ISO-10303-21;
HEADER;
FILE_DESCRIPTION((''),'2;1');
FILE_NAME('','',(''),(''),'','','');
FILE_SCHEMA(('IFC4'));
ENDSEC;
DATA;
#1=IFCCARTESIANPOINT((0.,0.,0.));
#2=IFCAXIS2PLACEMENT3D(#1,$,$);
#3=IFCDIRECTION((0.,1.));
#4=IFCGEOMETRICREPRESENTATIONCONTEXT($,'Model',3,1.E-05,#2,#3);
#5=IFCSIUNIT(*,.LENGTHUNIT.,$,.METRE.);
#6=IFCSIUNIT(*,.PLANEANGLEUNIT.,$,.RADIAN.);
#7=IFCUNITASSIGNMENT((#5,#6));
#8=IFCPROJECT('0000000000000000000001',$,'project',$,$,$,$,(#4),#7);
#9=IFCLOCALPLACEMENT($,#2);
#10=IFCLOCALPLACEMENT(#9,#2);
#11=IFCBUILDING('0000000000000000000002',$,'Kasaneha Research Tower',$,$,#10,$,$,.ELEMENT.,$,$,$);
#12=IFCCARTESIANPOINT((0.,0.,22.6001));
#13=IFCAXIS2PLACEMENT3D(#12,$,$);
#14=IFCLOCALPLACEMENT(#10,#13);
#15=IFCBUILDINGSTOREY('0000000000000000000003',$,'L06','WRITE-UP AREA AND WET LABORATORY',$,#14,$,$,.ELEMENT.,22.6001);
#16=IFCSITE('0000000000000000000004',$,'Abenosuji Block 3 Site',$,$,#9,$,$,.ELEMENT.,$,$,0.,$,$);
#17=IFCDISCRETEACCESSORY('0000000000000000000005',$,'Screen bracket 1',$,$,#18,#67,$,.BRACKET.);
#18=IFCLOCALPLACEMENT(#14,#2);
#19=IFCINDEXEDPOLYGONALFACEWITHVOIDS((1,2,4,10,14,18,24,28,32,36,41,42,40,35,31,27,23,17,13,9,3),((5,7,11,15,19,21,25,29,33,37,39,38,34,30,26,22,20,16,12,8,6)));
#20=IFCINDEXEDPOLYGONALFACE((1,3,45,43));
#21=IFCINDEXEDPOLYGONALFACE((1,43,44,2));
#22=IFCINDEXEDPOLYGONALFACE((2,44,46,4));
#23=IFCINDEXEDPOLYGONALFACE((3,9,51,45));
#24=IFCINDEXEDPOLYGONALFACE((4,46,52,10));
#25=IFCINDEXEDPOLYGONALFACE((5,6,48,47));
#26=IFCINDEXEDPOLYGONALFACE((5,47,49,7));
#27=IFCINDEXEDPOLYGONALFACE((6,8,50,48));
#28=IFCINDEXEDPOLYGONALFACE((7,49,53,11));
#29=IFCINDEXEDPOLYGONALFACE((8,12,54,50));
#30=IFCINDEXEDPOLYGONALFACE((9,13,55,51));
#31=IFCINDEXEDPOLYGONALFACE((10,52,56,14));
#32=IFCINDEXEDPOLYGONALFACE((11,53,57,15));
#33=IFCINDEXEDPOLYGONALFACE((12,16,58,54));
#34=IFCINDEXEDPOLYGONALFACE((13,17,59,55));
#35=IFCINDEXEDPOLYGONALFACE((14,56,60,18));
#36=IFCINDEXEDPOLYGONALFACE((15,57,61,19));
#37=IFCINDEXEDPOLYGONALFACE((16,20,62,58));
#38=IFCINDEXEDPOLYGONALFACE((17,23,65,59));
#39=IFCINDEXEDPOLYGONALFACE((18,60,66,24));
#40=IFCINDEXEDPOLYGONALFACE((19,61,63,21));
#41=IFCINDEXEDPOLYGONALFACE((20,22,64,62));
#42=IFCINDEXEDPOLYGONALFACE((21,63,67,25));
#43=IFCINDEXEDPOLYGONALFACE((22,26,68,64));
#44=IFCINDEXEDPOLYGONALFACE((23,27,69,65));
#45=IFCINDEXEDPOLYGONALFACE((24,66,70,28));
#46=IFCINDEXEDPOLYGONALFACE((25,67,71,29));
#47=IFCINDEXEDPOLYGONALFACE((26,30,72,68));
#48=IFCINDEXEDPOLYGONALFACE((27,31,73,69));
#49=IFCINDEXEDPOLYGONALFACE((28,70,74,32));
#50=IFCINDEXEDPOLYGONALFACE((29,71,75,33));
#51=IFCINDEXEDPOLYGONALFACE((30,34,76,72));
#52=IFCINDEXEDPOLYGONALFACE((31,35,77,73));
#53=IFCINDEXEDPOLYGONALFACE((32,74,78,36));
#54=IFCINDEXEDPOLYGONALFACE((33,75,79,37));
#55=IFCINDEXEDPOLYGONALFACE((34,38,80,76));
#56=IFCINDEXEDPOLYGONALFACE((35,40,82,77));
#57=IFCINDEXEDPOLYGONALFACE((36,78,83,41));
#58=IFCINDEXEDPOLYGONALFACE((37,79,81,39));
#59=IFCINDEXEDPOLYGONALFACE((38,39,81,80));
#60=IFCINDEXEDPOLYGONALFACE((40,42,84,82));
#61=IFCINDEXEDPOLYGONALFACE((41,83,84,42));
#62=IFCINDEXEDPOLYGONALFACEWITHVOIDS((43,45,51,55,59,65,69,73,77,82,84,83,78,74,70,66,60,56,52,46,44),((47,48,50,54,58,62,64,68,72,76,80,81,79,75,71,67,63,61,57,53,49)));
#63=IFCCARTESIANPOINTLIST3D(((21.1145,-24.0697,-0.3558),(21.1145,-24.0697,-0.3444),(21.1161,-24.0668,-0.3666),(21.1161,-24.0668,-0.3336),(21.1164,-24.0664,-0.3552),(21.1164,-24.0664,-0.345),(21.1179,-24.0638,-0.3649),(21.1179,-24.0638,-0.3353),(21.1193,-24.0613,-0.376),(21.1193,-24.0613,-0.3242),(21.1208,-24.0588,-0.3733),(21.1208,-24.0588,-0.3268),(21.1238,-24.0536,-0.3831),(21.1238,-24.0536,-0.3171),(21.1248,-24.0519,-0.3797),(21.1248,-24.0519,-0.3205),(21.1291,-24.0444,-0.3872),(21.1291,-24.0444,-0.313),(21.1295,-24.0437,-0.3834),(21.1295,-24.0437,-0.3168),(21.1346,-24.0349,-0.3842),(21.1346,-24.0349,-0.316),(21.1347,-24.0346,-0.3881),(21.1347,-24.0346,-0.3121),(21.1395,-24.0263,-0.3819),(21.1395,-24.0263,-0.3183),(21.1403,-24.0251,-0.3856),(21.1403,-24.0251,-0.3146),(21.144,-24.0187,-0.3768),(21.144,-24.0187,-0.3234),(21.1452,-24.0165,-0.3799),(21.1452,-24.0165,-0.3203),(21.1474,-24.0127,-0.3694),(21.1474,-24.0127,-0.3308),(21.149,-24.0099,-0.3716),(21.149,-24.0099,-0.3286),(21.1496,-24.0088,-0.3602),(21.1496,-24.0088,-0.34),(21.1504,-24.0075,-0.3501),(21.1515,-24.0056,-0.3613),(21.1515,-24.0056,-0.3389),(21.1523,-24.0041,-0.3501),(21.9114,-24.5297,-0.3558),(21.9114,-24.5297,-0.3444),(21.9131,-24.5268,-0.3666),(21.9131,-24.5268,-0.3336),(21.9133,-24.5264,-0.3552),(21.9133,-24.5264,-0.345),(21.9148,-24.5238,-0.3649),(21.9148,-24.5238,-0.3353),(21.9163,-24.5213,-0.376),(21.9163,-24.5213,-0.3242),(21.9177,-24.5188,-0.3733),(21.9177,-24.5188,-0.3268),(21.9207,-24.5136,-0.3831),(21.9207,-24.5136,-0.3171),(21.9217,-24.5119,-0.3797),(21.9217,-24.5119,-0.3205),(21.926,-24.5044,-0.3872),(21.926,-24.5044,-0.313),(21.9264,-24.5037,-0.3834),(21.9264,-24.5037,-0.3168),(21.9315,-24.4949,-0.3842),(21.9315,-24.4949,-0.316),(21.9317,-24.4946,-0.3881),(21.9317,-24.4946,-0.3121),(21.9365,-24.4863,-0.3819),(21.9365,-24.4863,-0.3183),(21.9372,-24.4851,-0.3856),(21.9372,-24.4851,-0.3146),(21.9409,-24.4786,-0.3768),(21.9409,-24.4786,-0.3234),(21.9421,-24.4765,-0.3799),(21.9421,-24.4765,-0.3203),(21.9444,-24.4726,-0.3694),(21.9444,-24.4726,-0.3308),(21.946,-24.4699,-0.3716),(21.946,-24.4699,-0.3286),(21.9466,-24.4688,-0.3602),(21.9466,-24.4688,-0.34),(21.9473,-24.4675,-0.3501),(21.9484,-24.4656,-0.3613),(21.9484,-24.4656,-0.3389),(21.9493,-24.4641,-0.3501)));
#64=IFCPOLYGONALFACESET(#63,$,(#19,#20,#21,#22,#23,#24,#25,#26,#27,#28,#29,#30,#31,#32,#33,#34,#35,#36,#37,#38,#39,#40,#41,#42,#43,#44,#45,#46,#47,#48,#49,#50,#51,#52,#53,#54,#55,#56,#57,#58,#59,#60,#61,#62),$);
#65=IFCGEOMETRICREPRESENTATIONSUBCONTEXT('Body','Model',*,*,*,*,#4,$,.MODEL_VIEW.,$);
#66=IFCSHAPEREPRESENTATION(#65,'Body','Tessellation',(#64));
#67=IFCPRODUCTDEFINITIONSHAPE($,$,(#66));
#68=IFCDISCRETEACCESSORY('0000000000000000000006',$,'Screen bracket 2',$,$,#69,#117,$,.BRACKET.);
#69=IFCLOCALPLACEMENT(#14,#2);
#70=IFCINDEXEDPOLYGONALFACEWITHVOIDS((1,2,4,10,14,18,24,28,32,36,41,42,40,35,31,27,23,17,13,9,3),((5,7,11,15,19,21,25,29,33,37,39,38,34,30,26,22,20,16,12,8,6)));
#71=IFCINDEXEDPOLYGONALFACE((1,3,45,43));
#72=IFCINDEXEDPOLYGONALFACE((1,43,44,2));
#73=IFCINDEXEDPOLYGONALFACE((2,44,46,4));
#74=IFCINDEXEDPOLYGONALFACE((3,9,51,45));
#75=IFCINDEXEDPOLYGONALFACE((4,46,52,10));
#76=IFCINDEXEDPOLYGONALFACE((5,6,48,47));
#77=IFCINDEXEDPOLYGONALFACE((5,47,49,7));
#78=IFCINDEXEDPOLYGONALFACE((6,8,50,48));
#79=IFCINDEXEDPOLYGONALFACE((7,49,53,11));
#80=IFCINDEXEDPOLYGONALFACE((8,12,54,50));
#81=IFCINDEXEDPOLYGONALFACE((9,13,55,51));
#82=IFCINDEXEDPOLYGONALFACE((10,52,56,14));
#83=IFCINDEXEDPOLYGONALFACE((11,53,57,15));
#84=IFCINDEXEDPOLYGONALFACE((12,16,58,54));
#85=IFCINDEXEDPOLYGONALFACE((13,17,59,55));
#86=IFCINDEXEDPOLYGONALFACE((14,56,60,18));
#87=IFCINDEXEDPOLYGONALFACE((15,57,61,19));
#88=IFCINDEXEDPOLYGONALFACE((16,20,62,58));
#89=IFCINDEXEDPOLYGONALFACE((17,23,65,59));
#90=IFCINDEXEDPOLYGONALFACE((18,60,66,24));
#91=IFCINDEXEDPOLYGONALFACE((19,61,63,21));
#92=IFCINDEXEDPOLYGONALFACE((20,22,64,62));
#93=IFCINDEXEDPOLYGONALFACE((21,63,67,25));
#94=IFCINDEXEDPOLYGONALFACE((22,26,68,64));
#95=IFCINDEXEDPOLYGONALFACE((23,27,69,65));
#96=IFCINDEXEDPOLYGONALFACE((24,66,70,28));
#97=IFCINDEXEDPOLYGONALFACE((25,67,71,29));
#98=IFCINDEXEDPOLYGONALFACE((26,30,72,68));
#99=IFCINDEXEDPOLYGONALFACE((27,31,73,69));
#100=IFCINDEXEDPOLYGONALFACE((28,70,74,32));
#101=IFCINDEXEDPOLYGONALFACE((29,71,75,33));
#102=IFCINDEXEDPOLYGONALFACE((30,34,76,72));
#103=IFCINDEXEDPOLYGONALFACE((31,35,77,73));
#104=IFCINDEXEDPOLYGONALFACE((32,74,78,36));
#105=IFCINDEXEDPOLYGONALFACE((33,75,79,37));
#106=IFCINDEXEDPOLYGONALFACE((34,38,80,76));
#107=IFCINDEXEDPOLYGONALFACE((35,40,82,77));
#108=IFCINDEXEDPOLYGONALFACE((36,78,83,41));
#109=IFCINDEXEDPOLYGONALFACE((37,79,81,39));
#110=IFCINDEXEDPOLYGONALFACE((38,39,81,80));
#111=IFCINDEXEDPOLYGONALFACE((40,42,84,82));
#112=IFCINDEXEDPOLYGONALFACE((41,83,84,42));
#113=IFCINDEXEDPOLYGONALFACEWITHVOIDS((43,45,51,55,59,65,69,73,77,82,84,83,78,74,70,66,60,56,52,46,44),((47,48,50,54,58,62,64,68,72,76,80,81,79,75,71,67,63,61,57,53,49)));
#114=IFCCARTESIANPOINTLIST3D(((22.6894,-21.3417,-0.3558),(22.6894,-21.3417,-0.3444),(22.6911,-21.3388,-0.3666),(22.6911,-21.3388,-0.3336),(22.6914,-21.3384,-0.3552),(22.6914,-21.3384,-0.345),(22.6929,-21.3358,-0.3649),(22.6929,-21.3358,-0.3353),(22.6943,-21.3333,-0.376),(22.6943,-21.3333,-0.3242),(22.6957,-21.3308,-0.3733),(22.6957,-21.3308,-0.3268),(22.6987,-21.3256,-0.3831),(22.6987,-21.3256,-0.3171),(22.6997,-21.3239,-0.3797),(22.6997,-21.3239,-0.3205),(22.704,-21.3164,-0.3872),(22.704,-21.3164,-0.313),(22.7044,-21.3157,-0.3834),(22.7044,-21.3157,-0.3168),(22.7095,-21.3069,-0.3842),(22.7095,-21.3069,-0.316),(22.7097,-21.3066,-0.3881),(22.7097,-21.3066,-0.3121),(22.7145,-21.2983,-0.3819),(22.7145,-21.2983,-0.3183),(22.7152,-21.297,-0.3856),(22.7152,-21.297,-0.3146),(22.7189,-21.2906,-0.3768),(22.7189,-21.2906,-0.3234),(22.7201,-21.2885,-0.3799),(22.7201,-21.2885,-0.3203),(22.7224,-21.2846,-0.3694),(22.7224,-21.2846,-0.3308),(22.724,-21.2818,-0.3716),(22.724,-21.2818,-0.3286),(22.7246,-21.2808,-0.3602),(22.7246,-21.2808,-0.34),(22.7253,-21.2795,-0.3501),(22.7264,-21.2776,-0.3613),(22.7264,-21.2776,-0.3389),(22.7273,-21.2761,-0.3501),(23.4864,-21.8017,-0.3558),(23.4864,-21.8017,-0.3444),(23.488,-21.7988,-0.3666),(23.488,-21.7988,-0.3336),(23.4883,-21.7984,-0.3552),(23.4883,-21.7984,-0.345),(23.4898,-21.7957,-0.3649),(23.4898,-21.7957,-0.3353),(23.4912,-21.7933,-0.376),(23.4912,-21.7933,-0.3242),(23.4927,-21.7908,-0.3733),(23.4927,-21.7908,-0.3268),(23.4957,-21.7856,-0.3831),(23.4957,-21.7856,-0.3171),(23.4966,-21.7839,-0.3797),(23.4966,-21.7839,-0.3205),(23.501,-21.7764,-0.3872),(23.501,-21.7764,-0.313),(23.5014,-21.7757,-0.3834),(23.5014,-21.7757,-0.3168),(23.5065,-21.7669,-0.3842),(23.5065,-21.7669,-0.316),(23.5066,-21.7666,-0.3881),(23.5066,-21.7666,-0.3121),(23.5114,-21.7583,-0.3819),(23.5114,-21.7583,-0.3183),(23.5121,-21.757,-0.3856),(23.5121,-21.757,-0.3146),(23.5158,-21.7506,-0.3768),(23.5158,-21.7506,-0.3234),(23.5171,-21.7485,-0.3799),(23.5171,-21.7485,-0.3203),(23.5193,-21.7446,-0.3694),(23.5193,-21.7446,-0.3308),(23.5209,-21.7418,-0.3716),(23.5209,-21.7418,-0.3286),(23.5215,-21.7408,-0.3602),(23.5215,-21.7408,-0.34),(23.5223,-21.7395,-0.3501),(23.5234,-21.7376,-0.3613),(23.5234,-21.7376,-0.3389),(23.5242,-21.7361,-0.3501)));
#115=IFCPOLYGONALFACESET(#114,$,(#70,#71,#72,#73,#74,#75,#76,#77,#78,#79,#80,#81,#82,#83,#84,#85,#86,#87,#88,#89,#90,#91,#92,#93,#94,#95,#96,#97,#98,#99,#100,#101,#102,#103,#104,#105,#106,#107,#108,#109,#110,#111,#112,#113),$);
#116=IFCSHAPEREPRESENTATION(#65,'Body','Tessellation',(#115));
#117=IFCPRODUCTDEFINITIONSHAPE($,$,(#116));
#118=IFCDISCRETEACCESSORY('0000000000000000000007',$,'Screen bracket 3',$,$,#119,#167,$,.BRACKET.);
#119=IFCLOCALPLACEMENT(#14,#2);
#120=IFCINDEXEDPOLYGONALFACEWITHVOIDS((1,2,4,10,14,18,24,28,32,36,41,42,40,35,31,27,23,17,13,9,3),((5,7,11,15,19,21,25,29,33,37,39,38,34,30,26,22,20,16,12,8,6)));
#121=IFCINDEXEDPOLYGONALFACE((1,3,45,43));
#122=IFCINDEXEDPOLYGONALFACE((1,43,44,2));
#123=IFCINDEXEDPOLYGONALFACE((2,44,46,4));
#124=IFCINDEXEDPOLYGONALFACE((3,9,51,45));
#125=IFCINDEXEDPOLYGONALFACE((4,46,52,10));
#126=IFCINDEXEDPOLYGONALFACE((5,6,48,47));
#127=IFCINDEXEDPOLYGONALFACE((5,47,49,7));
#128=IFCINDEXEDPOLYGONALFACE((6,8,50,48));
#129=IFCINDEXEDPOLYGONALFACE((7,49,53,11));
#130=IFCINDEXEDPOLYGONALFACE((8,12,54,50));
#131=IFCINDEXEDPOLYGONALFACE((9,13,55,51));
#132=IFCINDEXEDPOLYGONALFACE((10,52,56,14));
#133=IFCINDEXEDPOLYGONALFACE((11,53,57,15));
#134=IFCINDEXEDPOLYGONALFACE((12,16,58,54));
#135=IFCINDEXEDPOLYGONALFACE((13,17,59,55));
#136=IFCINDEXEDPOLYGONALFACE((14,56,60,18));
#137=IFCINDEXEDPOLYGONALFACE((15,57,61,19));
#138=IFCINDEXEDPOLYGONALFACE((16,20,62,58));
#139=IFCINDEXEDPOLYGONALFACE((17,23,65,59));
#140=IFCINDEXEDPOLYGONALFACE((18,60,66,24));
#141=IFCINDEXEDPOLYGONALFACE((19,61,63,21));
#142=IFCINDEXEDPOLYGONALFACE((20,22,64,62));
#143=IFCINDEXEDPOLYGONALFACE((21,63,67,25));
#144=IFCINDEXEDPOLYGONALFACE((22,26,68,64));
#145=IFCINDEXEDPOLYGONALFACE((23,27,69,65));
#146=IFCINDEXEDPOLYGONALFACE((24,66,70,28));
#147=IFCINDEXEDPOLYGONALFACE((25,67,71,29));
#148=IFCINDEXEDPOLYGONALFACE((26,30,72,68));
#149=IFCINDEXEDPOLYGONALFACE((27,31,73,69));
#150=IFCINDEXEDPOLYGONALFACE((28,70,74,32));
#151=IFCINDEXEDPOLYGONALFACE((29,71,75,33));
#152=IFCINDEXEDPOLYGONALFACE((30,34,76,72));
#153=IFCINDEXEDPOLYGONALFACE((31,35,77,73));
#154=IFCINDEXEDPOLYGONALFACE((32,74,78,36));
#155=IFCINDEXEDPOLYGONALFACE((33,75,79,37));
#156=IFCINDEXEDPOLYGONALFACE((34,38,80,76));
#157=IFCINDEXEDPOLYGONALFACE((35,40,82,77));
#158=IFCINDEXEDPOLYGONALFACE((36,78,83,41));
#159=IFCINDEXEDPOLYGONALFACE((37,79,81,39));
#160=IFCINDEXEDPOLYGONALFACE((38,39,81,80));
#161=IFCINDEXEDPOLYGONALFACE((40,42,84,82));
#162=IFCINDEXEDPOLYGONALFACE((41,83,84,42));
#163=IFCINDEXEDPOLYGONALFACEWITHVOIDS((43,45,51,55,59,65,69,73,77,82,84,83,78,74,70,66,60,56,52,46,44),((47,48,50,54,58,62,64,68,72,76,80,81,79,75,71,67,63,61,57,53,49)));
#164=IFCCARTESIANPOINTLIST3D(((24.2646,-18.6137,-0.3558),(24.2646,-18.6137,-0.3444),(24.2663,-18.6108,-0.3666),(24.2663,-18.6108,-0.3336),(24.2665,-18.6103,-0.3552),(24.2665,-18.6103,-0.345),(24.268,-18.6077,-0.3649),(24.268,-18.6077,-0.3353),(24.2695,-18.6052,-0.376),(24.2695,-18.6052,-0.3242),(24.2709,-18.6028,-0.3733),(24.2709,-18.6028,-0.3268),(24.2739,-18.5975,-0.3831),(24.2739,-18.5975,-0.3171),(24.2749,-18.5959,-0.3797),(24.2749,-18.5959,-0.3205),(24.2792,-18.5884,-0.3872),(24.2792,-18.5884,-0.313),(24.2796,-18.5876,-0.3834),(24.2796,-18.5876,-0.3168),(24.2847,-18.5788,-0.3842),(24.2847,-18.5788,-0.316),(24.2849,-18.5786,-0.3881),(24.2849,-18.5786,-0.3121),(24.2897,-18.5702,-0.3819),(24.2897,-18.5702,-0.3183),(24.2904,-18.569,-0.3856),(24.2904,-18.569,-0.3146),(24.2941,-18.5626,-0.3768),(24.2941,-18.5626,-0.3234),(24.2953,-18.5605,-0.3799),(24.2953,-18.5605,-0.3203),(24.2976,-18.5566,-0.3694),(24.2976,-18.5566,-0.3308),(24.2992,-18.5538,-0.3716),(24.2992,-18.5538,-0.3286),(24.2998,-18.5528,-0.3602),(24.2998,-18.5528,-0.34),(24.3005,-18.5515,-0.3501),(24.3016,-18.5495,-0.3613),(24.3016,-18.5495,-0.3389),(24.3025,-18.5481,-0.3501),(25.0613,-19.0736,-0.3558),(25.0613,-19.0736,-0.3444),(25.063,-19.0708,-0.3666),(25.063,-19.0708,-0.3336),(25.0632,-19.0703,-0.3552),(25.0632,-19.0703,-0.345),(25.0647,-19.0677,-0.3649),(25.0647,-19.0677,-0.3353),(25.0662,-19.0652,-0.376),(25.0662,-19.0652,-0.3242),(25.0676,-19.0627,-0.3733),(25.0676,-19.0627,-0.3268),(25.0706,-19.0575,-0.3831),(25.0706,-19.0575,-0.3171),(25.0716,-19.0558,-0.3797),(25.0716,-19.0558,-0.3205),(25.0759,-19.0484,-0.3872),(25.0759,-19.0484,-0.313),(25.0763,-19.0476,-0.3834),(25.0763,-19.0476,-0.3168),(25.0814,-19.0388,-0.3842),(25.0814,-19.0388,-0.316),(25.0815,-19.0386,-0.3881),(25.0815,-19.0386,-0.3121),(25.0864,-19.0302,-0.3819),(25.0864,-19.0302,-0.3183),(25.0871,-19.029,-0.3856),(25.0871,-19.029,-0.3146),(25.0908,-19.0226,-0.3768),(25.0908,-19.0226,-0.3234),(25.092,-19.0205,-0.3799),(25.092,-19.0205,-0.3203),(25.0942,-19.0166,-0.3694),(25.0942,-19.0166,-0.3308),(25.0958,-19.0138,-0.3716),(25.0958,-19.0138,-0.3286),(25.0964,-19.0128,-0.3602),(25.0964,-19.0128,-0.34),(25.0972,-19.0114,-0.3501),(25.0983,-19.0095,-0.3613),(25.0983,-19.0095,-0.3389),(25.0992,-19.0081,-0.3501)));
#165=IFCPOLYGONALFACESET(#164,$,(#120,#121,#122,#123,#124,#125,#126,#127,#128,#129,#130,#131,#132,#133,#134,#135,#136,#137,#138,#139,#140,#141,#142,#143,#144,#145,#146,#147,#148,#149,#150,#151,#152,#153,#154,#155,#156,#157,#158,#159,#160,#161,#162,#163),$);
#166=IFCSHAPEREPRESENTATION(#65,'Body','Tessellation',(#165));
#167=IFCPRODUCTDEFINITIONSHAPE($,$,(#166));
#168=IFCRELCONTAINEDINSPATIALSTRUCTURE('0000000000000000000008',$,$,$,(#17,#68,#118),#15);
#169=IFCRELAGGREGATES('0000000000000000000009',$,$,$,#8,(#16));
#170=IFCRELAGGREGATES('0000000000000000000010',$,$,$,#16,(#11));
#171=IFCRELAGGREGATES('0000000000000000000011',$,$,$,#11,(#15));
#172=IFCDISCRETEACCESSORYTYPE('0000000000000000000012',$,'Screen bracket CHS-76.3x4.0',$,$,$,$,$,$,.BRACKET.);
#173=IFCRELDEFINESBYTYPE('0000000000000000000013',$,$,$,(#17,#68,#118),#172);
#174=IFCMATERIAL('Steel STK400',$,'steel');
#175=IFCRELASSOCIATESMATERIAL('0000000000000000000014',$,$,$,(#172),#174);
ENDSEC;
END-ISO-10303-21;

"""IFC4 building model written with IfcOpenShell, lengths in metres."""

from ifc_helpers import new_model, si_unit, direction, frame, origin, origin_2d, place, context, subcontext, project, spatial, hollow_circle, extrude, material, material_profile, profile_set, type_object, element, save


model = new_model("IFC4")

# Units and contexts
model_context = context("Model", 3, precision=1e-05, world=origin(), true_north=direction((0.0, 1.0)))
body_context = subcontext(model_context, "Body", "Model", "MODEL_VIEW")
ifc_project = project(units=[si_unit("LENGTHUNIT", "METRE"), si_unit("PLANEANGLEUNIT", "RADIAN")], contexts=[model_context])

# Site, building, storey
site_placement = place(None, origin())
site = spatial("IfcSite", under=ifc_project, at=site_placement, Name="Abenosuji Block 3 Site", CompositionType="ELEMENT", RefElevation=0.0)
building_placement = place(site_placement, origin())
building = spatial("IfcBuilding", under=site, at=building_placement, Name="Kasaneha Research Tower", CompositionType="ELEMENT")
storey_placement = place(building_placement, frame((0.0, 0.0, 22.6001)))
storey = spatial("IfcBuildingStorey", under=building, at=storey_placement, Name="L06", Description="WRITE-UP AREA AND WET LABORATORY", CompositionType="ELEMENT", Elevation=22.6001)

# Discrete accessories
ifc_material_1 = material(Name="Steel STK400", Category="steel")
ifc_material_profile_1 = material_profile(ifc_material_1, hollow_circle(Radius=0.0381, WallThickness=0.0039, at=origin_2d()), Name="CHS-76.3x4.0")
ifc_profile_set_1 = profile_set([ifc_material_profile_1], Name="Steel STK400")
discrete_accessory_type = type_object("IfcDiscreteAccessoryType", Name="Screen bracket CHS-76.3x4.0", PredefinedType="BRACKET", material=ifc_profile_set_1)
for number, where, z_axis, x_axis, name in (
    (1, (21.1333, -24.0371, -0.3501), (0.86608, -0.499906, 0.0), (0.499906, 0.86608, 0.0), "Screen bracket 1"),
    (2, (22.7083, -21.3091, -0.3501), (0.86608, -0.499906, 0.0), (0.499906, 0.86608, 0.0), "Screen bracket 2"),
):
    element("IfcDiscreteAccessory", number, at=place(storey_placement, frame(where, z_axis=z_axis, x_axis=x_axis)), inside=storey, type_object=discrete_accessory_type, Name=name, PredefinedType="BRACKET", context=body_context, shape_type="SweptSolid", body=[
        extrude(hollow_circle(Radius=0.0381, WallThickness=0.0039, at=origin_2d()), origin(), (0.0, 0.0, 1.0), 0.9202),
    ])
for number, where, z_axis, x_axis, name in (
    (3, (24.2834, -18.5811, -0.3501), (0.866013, -0.500021, 0.0), (0.500021, 0.866013, 0.0), "Screen bracket 3"),
):
    element("IfcDiscreteAccessory", number, at=place(storey_placement, frame(where, z_axis=z_axis, x_axis=x_axis)), inside=storey, type_object=discrete_accessory_type, Name=name, PredefinedType="BRACKET", context=body_context, shape_type="SweptSolid", body=[
        extrude(hollow_circle(Radius=0.0381, WallThickness=0.0039, at=origin_2d()), origin(), (0.0, 0.0, 1.0), 0.9199),
    ])

save(model, "model.ifc")
